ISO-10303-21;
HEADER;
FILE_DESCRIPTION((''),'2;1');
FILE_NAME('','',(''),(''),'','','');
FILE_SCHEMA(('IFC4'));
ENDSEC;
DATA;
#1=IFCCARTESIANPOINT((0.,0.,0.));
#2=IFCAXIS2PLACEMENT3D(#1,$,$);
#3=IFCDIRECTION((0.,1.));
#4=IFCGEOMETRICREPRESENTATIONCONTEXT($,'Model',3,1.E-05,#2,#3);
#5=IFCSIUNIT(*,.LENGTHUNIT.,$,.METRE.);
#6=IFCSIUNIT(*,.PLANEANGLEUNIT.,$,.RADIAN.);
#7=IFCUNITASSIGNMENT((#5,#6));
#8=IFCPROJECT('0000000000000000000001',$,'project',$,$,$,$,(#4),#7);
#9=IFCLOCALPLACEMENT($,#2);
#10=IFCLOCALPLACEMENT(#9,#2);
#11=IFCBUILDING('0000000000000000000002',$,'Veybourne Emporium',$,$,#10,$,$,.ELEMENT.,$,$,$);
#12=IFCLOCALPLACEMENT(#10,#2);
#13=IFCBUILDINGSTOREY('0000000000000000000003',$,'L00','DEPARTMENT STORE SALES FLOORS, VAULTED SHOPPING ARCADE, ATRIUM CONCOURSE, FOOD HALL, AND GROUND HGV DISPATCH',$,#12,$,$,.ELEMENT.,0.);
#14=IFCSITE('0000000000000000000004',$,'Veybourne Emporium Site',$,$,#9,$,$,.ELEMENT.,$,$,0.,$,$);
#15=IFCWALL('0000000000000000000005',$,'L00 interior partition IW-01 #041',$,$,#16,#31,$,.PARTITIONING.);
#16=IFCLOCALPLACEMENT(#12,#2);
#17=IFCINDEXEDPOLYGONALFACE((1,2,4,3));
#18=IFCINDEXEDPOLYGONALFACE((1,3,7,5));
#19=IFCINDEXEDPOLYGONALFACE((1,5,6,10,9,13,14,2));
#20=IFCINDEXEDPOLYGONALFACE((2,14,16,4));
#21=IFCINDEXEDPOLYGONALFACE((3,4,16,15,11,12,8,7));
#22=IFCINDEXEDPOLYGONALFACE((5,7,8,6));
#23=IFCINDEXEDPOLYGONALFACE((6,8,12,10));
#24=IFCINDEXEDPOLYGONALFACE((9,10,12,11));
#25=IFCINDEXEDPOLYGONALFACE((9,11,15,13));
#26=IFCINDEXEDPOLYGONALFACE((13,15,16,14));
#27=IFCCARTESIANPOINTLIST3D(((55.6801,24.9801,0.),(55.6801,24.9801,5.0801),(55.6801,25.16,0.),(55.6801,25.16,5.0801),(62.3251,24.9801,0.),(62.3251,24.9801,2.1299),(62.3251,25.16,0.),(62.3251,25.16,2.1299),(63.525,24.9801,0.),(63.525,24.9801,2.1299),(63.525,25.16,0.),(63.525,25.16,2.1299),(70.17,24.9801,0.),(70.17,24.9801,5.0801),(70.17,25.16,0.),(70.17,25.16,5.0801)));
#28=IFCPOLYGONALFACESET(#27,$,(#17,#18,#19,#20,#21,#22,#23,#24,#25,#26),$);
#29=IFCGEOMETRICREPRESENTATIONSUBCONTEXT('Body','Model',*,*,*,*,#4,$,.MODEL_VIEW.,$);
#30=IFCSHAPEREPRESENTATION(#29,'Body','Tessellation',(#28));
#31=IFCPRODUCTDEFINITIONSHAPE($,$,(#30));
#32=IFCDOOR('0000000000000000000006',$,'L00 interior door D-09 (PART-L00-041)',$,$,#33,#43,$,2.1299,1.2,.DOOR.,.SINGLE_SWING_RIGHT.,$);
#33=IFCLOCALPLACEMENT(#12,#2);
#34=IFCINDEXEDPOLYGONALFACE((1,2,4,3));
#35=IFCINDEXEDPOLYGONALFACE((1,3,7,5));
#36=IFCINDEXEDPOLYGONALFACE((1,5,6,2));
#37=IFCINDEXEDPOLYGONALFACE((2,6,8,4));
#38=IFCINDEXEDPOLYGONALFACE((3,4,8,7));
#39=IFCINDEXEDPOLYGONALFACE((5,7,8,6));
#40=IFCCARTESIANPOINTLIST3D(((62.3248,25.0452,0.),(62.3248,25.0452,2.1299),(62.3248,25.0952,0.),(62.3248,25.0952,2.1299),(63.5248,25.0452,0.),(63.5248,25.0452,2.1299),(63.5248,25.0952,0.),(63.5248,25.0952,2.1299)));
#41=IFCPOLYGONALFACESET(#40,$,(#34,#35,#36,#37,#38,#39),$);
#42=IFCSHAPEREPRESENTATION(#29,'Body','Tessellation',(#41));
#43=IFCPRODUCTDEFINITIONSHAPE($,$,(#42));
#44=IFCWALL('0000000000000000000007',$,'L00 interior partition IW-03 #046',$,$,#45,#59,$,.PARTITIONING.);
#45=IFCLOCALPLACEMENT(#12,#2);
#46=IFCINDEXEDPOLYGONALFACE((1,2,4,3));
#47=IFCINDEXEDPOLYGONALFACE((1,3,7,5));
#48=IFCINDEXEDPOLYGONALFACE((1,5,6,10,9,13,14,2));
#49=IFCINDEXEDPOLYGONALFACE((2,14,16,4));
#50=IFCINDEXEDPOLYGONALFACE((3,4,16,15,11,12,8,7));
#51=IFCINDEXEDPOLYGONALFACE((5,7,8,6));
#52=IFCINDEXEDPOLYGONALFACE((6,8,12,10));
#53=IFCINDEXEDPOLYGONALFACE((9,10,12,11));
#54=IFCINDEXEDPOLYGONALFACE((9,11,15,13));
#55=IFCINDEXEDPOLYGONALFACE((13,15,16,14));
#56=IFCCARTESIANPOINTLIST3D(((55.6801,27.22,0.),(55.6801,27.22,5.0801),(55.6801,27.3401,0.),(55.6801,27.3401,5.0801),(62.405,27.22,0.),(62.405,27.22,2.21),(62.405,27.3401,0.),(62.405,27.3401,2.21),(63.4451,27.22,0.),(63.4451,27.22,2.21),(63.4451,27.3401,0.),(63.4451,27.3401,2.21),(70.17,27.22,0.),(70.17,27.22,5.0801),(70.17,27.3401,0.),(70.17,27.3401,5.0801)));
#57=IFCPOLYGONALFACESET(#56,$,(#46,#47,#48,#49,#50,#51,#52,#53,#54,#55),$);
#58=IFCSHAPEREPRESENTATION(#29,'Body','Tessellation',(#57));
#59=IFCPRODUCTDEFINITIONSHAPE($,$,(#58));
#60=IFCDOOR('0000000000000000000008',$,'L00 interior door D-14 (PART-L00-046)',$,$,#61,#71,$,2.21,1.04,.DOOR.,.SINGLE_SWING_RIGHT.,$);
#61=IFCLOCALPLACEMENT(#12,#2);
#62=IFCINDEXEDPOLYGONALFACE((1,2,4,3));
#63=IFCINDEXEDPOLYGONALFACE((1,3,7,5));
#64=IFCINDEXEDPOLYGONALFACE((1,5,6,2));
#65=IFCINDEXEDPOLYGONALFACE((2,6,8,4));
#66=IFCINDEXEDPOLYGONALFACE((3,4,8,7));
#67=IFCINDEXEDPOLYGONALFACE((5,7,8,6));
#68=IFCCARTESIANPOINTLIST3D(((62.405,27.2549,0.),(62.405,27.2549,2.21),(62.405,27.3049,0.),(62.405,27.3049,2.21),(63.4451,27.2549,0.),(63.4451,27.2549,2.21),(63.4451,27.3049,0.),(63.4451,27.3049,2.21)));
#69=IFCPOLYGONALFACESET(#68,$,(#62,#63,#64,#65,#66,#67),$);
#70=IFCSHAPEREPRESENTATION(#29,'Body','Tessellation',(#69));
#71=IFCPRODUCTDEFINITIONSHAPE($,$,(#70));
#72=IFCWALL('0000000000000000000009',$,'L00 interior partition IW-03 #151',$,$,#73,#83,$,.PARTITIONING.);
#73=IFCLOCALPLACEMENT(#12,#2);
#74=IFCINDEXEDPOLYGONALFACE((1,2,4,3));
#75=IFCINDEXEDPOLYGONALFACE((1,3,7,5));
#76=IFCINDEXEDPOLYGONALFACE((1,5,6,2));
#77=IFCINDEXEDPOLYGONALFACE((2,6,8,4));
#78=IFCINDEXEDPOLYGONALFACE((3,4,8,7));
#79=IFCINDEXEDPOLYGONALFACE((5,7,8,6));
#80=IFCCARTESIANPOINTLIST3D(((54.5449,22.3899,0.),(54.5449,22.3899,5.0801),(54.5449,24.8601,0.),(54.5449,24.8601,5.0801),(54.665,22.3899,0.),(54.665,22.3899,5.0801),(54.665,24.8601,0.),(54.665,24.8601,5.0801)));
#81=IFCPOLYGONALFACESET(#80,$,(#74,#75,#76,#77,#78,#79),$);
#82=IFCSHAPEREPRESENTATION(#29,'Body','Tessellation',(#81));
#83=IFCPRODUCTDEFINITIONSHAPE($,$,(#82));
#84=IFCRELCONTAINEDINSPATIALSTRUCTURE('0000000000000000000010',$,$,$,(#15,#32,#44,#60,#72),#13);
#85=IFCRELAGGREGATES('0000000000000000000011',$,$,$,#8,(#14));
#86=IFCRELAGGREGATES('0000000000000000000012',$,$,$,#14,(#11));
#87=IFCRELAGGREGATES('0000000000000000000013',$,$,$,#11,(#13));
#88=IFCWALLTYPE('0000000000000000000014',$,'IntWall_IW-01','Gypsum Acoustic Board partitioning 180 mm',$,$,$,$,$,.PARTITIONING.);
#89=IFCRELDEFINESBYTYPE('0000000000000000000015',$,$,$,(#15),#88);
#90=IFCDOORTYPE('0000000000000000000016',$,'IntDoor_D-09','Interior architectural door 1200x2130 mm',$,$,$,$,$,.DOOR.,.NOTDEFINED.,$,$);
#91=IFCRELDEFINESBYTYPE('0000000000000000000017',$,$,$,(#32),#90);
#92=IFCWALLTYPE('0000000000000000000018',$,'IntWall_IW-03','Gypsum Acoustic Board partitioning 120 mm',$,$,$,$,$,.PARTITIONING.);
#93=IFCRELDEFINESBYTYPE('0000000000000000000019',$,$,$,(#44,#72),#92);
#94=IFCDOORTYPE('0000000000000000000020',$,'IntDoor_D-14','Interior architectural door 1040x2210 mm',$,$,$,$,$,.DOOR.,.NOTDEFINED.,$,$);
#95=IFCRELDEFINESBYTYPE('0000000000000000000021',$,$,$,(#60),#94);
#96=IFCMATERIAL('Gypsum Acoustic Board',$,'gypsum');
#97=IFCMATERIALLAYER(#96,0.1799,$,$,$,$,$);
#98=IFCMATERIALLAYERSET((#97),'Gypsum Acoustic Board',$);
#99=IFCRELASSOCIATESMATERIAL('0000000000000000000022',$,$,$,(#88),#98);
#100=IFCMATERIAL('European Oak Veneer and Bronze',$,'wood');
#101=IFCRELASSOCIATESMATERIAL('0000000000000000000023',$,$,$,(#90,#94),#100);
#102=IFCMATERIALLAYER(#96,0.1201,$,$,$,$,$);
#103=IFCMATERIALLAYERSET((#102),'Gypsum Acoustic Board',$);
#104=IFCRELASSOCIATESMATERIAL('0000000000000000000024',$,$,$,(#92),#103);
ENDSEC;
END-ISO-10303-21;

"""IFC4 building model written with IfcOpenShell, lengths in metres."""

from ifc_helpers import new_model, si_unit, direction, frame, frame_2d, origin, place, context, subcontext, project, spatial, rectangle, extrude, material, layer, layer_set, type_object, element, fill, save


model = new_model("IFC4")

# Units and contexts
model_context = context("Model", 3, precision=1e-05, world=origin(), true_north=direction((0.0, 1.0)))
body_context = subcontext(model_context, "Body", "Model", "MODEL_VIEW")
ifc_project = project(units=[si_unit("LENGTHUNIT", "METRE"), si_unit("PLANEANGLEUNIT", "RADIAN")], contexts=[model_context])

# Site, building, storey
site_placement = place(None, origin())
site = spatial("IfcSite", under=ifc_project, at=site_placement, Name="Veybourne Emporium Site", CompositionType="ELEMENT", RefElevation=0.0)
building_placement = place(site_placement, origin())
building = spatial("IfcBuilding", under=site, at=building_placement, Name="Veybourne Emporium", CompositionType="ELEMENT")
storey_placement = place(building_placement, origin())
storey = spatial("IfcBuildingStorey", under=building, at=storey_placement, Name="L00", Description="DEPARTMENT STORE SALES FLOORS, VAULTED SHOPPING ARCADE, ATRIUM CONCOURSE, FOOD HALL, AND GROUND HGV DISPATCH", CompositionType="ELEMENT", Elevation=0.0)

# Walls, openings, doors
ifc_material_1 = material(Name="Gypsum Acoustic Board", Category="gypsum")
ifc_layer_1 = layer(ifc_material_1, 0.1799)
ifc_layer_set_1 = layer_set([ifc_layer_1], Name="Gypsum Acoustic Board")
wall_type_1 = type_object("IfcWallType", Name="IntWall_IW-01", Description="Gypsum Acoustic Board partitioning 180 mm", PredefinedType="PARTITIONING", material=ifc_layer_set_1)
ifc_material_2 = material(Name="European Oak Veneer and Bronze", Category="wood")
door_type_1 = type_object("IfcDoorType", Name="IntDoor_D-09", Description="Interior architectural door 1200x2130 mm", OperationType="NOTDEFINED", PredefinedType="DOOR", material=ifc_material_2)
wall_1_placement = place(storey_placement, frame((55.6799, 25.0701, 0.0), z_axis=(0.0, 0.0, 1.0), x_axis=(1.0, 0.0, 0.0)))
wall_1 = element("IfcWall", 1, at=wall_1_placement, inside=storey, type_object=wall_type_1, Name="L00 interior partition IW-01 #041", PredefinedType="PARTITIONING", context=body_context, shape_type="SweptSolid", body=[
    extrude(rectangle(XDim=14.49, YDim=0.1799, at=frame_2d((7.2451, 0.0))), origin(), (0.0, 0.0, 1.0), 5.0801),
])
opening_1_placement = place(wall_1_placement, frame((6.645, 0.0, 0.0)))
opening_1 = element("IfcOpeningElement", 2, at=opening_1_placement, cuts=wall_1, PredefinedType="OPENING", context=body_context, shape_type="SweptSolid", body=[
    extrude(rectangle(XDim=1.2, YDim=2.1299, at=frame_2d((0.6001, 1.0649))), frame((0.0, 0.1099, 0.0), z_axis=(0.0, -1.0, 0.0), x_axis=(1.0, 0.0, 0.0)), (0.0, 0.0, 1.0), 0.22),
])
door_1_placement = place(opening_1_placement, frame((1.2, 0.0, 0.0), z_axis=(0.0, 0.0, 1.0), x_axis=(-1.0, 0.0, 0.0)))
door_1 = element("IfcDoor", 3, at=door_1_placement, inside=storey, type_object=door_type_1, Name="L00 interior door D-09 (PART-L00-041)", OperationType="SINGLE_SWING_RIGHT", OverallHeight=2.1299, OverallWidth=1.2, PredefinedType="DOOR", context=body_context, shape_type="SweptSolid", body=[
    extrude(rectangle(XDim=1.2, YDim=2.1299, at=frame_2d((0.6001, 1.0649))), frame((0.0, 0.0249, 0.0), z_axis=(0.0, -1.0, 0.0), x_axis=(1.0, 0.0, 0.0)), (0.0, 0.0, 1.0), 0.05),
])
fill(opening_1, door_1)
ifc_layer_2 = layer(ifc_material_1, 0.1201)
ifc_layer_set_2 = layer_set([ifc_layer_2], Name="Gypsum Acoustic Board")
wall_type_2 = type_object("IfcWallType", Name="IntWall_IW-03", Description="Gypsum Acoustic Board partitioning 120 mm", PredefinedType="PARTITIONING", material=ifc_layer_set_2)
wall_2_placement = place(storey_placement, frame((55.6799, 27.28, 0.0), z_axis=(0.0, 0.0, 1.0), x_axis=(1.0, 0.0, 0.0)))
wall_2 = element("IfcWall", 4, at=wall_2_placement, inside=storey, type_object=wall_type_2, Name="L00 interior partition IW-03 #046", PredefinedType="PARTITIONING", context=body_context, shape_type="SweptSolid", body=[
    extrude(rectangle(XDim=14.49, YDim=0.1201, at=frame_2d((7.2451, 0.0))), origin(), (0.0, 0.0, 1.0), 5.0801),
])
opening_2_placement = place(wall_2_placement, frame((6.7251, 0.0, 0.0)))
opening_2 = element("IfcOpeningElement", 5, at=opening_2_placement, cuts=wall_2, PredefinedType="OPENING", context=body_context, shape_type="SweptSolid", body=[
    extrude(rectangle(XDim=1.04, YDim=2.21, at=frame_2d((0.52, 1.105))), frame((0.0, 0.0801, 0.0), z_axis=(0.0, -1.0, 0.0), x_axis=(1.0, 0.0, 0.0)), (0.0, 0.0, 1.0), 0.1602),
])
door_type_2 = type_object("IfcDoorType", Name="IntDoor_D-14", Description="Interior architectural door 1040x2210 mm", OperationType="NOTDEFINED", PredefinedType="DOOR", material=ifc_material_2)
door_2_placement = place(opening_2_placement, origin())
door_2 = element("IfcDoor", 6, at=door_2_placement, inside=storey, type_object=door_type_2, Name="L00 interior door D-14 (PART-L00-046)", OperationType="SINGLE_SWING_RIGHT", OverallHeight=2.21, OverallWidth=1.04, PredefinedType="DOOR", context=body_context, shape_type="SweptSolid", body=[
    extrude(rectangle(XDim=1.04, YDim=2.21, at=frame_2d((0.52, 1.105))), frame((0.0, 0.0249, 0.0), z_axis=(0.0, -1.0, 0.0), x_axis=(1.0, 0.0, 0.0)), (0.0, 0.0, 1.0), 0.05),
])
fill(opening_2, door_2)

# Wall
wall_3_placement = place(storey_placement, frame((54.605, 22.3899, 0.0), z_axis=(0.0, 0.0, 1.0), x_axis=(0.0, 1.0, 0.0)))
element("IfcWall", 7, at=wall_3_placement, inside=storey, type_object=wall_type_2, Name="L00 interior partition IW-03 #151", PredefinedType="PARTITIONING", context=body_context, shape_type="SweptSolid", body=[
    extrude(rectangle(XDim=2.4702, YDim=0.1201, at=frame_2d((1.2351, 0.0))), origin(), (0.0, 0.0, 1.0), 5.0801),
])

save(model, "model.ifc")
